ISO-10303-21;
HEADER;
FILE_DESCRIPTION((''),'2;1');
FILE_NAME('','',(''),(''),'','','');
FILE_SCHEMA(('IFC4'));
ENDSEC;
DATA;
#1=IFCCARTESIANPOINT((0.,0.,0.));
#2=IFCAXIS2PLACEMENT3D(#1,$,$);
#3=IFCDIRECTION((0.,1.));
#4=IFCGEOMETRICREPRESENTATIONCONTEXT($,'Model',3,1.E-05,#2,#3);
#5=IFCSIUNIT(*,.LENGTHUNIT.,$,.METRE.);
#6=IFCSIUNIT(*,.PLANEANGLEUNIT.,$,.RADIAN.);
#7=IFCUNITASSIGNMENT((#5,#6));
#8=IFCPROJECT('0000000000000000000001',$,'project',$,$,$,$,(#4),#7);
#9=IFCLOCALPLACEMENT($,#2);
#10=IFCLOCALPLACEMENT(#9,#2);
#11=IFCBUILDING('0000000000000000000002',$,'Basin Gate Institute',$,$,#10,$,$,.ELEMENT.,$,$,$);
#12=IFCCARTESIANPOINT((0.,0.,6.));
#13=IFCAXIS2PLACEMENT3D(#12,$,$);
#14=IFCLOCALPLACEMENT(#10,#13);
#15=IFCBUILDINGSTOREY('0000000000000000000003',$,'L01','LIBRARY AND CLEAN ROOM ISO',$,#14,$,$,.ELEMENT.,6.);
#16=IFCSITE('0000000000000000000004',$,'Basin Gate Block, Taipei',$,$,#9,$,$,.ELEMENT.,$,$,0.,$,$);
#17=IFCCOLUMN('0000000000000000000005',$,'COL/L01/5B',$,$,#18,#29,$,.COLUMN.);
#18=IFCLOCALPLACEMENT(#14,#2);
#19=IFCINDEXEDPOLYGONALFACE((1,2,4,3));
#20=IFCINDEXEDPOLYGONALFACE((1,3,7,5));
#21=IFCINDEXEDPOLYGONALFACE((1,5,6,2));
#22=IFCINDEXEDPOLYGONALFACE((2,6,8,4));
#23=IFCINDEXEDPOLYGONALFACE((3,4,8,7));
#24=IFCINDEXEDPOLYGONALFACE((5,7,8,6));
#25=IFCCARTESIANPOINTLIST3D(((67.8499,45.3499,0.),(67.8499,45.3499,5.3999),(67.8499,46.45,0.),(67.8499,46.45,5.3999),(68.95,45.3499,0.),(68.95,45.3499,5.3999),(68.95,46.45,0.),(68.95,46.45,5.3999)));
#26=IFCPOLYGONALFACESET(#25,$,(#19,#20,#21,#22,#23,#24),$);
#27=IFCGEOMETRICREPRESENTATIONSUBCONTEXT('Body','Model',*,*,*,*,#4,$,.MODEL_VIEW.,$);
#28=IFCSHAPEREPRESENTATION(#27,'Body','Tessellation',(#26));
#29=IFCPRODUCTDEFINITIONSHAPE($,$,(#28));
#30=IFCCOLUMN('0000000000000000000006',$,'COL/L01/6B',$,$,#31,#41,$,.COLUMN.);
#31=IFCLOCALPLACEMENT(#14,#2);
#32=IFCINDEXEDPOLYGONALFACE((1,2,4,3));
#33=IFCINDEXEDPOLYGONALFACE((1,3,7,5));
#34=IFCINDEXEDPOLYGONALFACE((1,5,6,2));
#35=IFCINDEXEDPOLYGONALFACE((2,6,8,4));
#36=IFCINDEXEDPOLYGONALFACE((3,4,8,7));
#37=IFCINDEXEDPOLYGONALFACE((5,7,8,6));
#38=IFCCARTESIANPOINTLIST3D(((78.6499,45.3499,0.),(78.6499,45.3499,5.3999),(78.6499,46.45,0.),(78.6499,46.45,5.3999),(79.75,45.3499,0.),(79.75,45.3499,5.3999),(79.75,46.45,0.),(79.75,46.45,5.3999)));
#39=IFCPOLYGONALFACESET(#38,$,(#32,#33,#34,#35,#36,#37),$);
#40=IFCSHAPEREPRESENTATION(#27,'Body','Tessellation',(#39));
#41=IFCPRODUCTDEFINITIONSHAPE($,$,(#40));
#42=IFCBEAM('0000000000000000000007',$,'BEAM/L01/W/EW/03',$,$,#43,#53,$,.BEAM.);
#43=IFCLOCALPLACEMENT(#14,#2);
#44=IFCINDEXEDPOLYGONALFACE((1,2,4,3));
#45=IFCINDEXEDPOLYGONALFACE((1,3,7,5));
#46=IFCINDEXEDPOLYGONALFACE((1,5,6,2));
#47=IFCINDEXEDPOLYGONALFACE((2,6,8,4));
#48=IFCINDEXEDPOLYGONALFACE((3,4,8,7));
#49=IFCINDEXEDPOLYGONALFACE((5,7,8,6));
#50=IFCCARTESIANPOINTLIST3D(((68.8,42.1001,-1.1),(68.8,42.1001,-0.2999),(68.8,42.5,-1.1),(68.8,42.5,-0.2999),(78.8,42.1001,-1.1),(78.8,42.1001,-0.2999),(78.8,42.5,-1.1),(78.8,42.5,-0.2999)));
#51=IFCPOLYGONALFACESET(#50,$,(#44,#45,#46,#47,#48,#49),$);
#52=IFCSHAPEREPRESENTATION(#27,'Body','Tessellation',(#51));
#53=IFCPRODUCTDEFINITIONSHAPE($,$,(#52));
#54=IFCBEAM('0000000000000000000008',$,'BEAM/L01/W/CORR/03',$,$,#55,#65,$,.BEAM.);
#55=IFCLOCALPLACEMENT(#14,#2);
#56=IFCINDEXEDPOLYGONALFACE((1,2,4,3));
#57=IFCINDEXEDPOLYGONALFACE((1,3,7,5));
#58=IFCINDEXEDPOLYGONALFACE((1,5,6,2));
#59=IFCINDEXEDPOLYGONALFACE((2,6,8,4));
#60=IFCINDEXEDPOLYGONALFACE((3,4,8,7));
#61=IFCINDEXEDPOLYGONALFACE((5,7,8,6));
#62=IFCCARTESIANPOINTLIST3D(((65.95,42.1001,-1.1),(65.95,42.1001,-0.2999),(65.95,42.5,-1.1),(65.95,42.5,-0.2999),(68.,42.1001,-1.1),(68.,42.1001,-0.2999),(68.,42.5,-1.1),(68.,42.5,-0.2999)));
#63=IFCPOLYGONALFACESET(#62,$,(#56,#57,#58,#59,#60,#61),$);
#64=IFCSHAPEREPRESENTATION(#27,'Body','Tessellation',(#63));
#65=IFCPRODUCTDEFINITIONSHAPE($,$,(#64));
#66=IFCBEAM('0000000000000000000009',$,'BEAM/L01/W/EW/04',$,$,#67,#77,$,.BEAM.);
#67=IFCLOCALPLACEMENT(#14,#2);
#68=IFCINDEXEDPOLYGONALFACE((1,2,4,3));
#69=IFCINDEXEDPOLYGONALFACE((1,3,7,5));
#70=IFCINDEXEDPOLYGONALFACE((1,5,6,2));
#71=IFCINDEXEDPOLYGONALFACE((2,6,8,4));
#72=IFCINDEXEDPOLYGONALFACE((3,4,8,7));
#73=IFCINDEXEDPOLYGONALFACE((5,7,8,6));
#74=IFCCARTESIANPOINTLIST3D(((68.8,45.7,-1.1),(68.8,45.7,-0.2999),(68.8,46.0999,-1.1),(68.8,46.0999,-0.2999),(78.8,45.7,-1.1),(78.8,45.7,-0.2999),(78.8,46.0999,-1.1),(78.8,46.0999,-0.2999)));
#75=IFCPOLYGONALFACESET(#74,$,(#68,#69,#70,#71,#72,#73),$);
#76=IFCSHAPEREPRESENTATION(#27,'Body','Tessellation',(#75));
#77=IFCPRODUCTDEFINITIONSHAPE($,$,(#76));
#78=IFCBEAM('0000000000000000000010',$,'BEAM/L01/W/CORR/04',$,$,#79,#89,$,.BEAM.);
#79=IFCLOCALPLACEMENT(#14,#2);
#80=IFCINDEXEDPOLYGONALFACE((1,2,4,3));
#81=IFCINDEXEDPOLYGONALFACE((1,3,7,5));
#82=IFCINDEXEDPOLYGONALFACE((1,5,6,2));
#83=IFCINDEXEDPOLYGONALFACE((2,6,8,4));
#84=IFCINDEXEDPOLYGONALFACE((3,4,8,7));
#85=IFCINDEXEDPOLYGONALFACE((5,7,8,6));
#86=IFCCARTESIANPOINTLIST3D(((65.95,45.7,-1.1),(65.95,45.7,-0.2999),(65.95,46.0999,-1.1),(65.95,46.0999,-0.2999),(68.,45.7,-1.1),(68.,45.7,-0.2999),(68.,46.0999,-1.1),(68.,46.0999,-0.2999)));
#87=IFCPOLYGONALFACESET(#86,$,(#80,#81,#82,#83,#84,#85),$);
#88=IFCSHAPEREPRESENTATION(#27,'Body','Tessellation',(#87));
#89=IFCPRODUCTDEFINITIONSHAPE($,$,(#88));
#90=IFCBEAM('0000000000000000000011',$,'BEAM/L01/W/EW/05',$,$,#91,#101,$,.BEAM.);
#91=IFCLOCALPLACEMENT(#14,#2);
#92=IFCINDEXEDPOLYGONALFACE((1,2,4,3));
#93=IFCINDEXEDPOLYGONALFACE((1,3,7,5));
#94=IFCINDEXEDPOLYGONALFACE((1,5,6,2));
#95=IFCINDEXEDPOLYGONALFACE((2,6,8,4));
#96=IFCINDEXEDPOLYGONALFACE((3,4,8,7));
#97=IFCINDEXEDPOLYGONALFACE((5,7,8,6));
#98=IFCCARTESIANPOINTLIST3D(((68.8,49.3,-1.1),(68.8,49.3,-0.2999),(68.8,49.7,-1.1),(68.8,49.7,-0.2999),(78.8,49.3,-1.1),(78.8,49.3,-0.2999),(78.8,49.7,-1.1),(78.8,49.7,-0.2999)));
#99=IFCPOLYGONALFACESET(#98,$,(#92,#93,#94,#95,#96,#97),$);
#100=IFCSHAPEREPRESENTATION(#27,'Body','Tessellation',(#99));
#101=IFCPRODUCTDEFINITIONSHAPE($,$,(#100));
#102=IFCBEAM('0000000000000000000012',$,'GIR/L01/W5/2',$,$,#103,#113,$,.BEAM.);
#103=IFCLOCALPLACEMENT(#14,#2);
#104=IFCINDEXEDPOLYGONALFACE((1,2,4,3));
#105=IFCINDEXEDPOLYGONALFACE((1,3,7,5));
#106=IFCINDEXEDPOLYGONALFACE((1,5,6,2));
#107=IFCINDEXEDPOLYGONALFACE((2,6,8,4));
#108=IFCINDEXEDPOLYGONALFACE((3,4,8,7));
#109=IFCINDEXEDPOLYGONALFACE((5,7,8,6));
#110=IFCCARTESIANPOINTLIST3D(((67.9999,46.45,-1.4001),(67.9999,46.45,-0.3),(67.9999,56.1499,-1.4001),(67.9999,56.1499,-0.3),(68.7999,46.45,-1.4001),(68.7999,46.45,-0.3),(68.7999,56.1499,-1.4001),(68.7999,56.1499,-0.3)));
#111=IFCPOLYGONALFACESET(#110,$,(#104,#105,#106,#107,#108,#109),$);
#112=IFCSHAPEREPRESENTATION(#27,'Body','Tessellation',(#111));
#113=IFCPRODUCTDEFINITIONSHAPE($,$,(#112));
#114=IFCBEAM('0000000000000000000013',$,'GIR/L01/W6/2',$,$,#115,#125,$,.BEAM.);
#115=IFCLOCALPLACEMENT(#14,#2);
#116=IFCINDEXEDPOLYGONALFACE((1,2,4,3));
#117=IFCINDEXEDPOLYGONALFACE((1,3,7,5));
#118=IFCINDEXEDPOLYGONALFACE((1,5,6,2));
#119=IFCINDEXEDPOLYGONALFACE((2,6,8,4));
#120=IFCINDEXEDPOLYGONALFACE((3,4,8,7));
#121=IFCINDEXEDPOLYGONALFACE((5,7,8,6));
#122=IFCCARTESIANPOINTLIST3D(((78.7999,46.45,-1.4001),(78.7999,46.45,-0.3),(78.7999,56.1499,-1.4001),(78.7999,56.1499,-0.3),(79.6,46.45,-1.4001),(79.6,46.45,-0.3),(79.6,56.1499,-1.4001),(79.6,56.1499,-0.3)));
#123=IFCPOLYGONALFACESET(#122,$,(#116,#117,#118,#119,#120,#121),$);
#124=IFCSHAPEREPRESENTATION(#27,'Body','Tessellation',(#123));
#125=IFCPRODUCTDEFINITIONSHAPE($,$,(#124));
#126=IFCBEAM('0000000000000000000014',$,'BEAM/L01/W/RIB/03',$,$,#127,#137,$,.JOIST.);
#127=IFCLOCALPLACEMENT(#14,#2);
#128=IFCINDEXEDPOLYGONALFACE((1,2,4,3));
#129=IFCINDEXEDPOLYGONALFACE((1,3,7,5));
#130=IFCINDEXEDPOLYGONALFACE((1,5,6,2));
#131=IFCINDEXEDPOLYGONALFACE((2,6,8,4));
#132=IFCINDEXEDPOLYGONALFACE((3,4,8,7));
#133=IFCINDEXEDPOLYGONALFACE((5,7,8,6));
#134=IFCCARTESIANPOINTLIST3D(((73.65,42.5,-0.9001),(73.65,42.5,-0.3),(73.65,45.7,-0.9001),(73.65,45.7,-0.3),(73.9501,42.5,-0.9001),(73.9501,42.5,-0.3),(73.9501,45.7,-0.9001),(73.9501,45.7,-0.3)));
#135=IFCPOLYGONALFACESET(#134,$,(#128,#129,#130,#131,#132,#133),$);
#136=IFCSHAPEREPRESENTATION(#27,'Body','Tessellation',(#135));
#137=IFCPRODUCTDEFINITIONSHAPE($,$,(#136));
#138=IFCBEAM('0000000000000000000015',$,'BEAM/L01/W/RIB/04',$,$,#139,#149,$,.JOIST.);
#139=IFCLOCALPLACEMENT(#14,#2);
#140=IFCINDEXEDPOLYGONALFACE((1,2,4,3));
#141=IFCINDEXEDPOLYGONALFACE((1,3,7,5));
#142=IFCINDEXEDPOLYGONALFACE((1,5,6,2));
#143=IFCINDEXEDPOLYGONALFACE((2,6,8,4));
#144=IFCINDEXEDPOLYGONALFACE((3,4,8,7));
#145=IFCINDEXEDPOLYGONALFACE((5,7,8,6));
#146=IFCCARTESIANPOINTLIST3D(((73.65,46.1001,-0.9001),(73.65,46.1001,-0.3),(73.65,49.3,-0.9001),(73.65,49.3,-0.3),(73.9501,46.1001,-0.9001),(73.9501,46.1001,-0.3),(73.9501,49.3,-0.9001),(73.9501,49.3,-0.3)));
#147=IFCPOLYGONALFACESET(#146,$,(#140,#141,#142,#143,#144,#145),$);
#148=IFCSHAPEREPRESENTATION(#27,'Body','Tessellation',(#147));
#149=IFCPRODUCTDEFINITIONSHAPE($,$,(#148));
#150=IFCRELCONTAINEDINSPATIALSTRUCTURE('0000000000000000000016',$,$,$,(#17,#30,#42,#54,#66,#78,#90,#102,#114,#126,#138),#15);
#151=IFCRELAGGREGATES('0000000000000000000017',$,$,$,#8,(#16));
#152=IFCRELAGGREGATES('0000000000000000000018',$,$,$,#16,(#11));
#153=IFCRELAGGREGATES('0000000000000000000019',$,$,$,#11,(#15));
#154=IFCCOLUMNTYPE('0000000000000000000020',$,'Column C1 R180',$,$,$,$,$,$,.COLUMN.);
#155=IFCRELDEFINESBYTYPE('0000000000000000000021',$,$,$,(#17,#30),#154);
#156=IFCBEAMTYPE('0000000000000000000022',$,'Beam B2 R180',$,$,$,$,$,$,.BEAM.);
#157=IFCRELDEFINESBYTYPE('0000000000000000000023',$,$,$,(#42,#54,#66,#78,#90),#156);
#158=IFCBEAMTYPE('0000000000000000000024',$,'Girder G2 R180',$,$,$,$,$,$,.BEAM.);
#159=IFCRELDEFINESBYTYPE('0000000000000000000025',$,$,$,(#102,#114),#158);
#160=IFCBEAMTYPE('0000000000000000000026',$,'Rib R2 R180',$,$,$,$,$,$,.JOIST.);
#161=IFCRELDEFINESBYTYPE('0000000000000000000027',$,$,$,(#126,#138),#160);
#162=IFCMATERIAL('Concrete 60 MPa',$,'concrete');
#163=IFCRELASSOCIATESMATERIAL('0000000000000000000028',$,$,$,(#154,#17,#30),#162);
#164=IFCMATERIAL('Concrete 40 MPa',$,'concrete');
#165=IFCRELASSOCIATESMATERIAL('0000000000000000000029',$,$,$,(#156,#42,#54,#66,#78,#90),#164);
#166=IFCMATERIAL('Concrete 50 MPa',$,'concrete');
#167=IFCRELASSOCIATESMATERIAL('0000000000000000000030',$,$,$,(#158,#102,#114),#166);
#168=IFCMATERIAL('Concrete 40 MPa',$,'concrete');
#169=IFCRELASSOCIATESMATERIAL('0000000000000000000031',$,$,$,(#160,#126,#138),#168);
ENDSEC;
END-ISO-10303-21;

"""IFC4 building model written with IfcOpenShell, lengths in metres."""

from ifc_helpers import new_model, si_unit, direction, frame, origin, origin_2d, place, context, subcontext, project, spatial, rectangle, extrude, material, material_profile, profile_set, type_object, element, save


model = new_model("IFC4")

# Units and contexts
model_context = context("Model", 3, precision=1e-05, world=origin(), true_north=direction((0.0, 1.0)))
body_context = subcontext(model_context, "Body", "Model", "MODEL_VIEW")
ifc_project = project(units=[si_unit("LENGTHUNIT", "METRE"), si_unit("PLANEANGLEUNIT", "RADIAN")], contexts=[model_context])

# Site, building, storey
site_placement = place(None, origin())
site = spatial("IfcSite", under=ifc_project, at=site_placement, Name="Basin Gate Block, Taipei", CompositionType="ELEMENT", RefElevation=0.0)
building_placement = place(site_placement, origin())
building = spatial("IfcBuilding", under=site, at=building_placement, Name="Basin Gate Institute", CompositionType="ELEMENT")
storey_placement = place(building_placement, frame((0.0, 0.0, 6.0)))
storey = spatial("IfcBuildingStorey", under=building, at=storey_placement, Name="L01", Description="LIBRARY AND CLEAN ROOM ISO", CompositionType="ELEMENT", Elevation=6.0)

# Columns
ifc_material_1 = material(Name="Concrete 60 MPa", Category="concrete")
ifc_material_profile_1 = material_profile(ifc_material_1, rectangle(XDim=1.1001, YDim=1.1001, at=origin_2d()), Name="Column C1 1100 x 1100")
ifc_profile_set_1 = profile_set([ifc_material_profile_1], Name="Concrete 60 MPa")
column_type = type_object("IfcColumnType", Name="Column C1 R180", PredefinedType="COLUMN", material=ifc_profile_set_1)
for number, where, z_axis, x_axis, name in (
    (1, (68.3999, 45.8999, 0.0), (0.0, 0.0, 1.0), (1.0, 0.0, 0.0), "COL/L01/5B"),
    (2, (79.2, 45.8999, 0.0), (0.0, 0.0, 1.0), (1.0, 0.0, 0.0), "COL/L01/6B"),
):
    element("IfcColumn", number, at=place(storey_placement, frame(where, z_axis=z_axis, x_axis=x_axis)), inside=storey, type_object=column_type, material=ifc_profile_set_1, Name=name, PredefinedType="COLUMN", context=body_context, shape_type="SweptSolid", body=[
        extrude(rectangle(XDim=1.1001, YDim=1.1001, at=origin_2d()), origin(), (0.0, 0.0, 1.0), 5.3999),
    ])

# Beams
ifc_material_2 = material(Name="Concrete 40 MPa", Category="concrete")
ifc_material_profile_2 = material_profile(ifc_material_2, rectangle(XDim=0.3999, YDim=0.8, at=origin_2d()), Name="Beam B2 400 x 800")
ifc_profile_set_2 = profile_set([ifc_material_profile_2], Name="Concrete 40 MPa")
beam_type_1 = type_object("IfcBeamType", Name="Beam B2 R180", PredefinedType="BEAM", material=ifc_profile_set_2)
beam_1_placement = place(storey_placement, frame((68.8, 42.3, -0.7), z_axis=(1.0, 0.0, 0.0), x_axis=(0.0, 1.0, 0.0)))
element("IfcBeam", 3, at=beam_1_placement, inside=storey, type_object=beam_type_1, material=ifc_profile_set_2, Name="BEAM/L01/W/EW/03", PredefinedType="BEAM", context=body_context, shape_type="SweptSolid", body=[
    extrude(rectangle(XDim=0.3999, YDim=0.8, at=origin_2d()), origin(), (0.0, 0.0, 1.0), 10.0),
])
beam_2_placement = place(storey_placement, frame((65.95, 42.3, -0.7), z_axis=(1.0, 0.0, 0.0), x_axis=(0.0, 1.0, 0.0)))
element("IfcBeam", 4, at=beam_2_placement, inside=storey, type_object=beam_type_1, material=ifc_profile_set_2, Name="BEAM/L01/W/CORR/03", PredefinedType="BEAM", context=body_context, shape_type="SweptSolid", body=[
    extrude(rectangle(XDim=0.3999, YDim=0.8, at=origin_2d()), origin(), (0.0, 0.0, 1.0), 2.05),
])
beam_3_placement = place(storey_placement, frame((68.8, 45.8999, -0.7), z_axis=(1.0, 0.0, 0.0), x_axis=(0.0, 1.0, 0.0)))
element("IfcBeam", 5, at=beam_3_placement, inside=storey, type_object=beam_type_1, material=ifc_profile_set_2, Name="BEAM/L01/W/EW/04", PredefinedType="BEAM", context=body_context, shape_type="SweptSolid", body=[
    extrude(rectangle(XDim=0.3999, YDim=0.8, at=origin_2d()), origin(), (0.0, 0.0, 1.0), 10.0),
])
beam_4_placement = place(storey_placement, frame((65.95, 45.8999, -0.7), z_axis=(1.0, 0.0, 0.0), x_axis=(0.0, 1.0, 0.0)))
element("IfcBeam", 6, at=beam_4_placement, inside=storey, type_object=beam_type_1, material=ifc_profile_set_2, Name="BEAM/L01/W/CORR/04", PredefinedType="BEAM", context=body_context, shape_type="SweptSolid", body=[
    extrude(rectangle(XDim=0.3999, YDim=0.8, at=origin_2d()), origin(), (0.0, 0.0, 1.0), 2.05),
])
beam_5_placement = place(storey_placement, frame((68.8, 49.5, -0.7), z_axis=(1.0, 0.0, 0.0), x_axis=(0.0, 1.0, 0.0)))
element("IfcBeam", 7, at=beam_5_placement, inside=storey, type_object=beam_type_1, material=ifc_profile_set_2, Name="BEAM/L01/W/EW/05", PredefinedType="BEAM", context=body_context, shape_type="SweptSolid", body=[
    extrude(rectangle(XDim=0.3999, YDim=0.8, at=origin_2d()), origin(), (0.0, 0.0, 1.0), 10.0),
])
ifc_material_3 = material(Name="Concrete 50 MPa", Category="concrete")
ifc_material_profile_3 = material_profile(ifc_material_3, rectangle(XDim=0.8, YDim=1.1001, at=origin_2d()), Name="Girder G2 800 x 1100")
ifc_profile_set_3 = profile_set([ifc_material_profile_3], Name="Concrete 50 MPa")
beam_type_2 = type_object("IfcBeamType", Name="Girder G2 R180", PredefinedType="BEAM", material=ifc_profile_set_3)
for number, where, z_axis, x_axis, name in (
    (8, (68.3999, 46.45, -0.8501), (0.0, 1.0, 0.0), (-1.0, 0.0, 0.0), "GIR/L01/W5/2"),
    (9, (79.2, 46.45, -0.8501), (0.0, 1.0, 0.0), (-1.0, 0.0, 0.0), "GIR/L01/W6/2"),
):
    element("IfcBeam", number, at=place(storey_placement, frame(where, z_axis=z_axis, x_axis=x_axis)), inside=storey, type_object=beam_type_2, material=ifc_profile_set_3, Name=name, PredefinedType="BEAM", context=body_context, shape_type="SweptSolid", body=[
        extrude(rectangle(XDim=0.8, YDim=1.1001, at=origin_2d()), origin(), (0.0, 0.0, 1.0), 9.7),
    ])
ifc_material_4 = material(Name="Concrete 40 MPa", Category="concrete")
ifc_material_profile_4 = material_profile(ifc_material_4, rectangle(XDim=0.3, YDim=0.6001, at=origin_2d()), Name="Rib R2 300 x 600")
ifc_profile_set_4 = profile_set([ifc_material_profile_4], Name="Concrete 40 MPa")
beam_type_3 = type_object("IfcBeamType", Name="Rib R2 R180", PredefinedType="JOIST", material=ifc_profile_set_4)
for number, where, z_axis, x_axis, name in (
    (10, (73.8, 42.5, -0.6001), (0.0, 1.0, 0.0), (-1.0, 0.0, 0.0), "BEAM/L01/W/RIB/03"),
    (11, (73.8, 46.1001, -0.6001), (0.0, 1.0, 0.0), (-1.0, 0.0, 0.0), "BEAM/L01/W/RIB/04"),
):
    element("IfcBeam", number, at=place(storey_placement, frame(where, z_axis=z_axis, x_axis=x_axis)), inside=storey, type_object=beam_type_3, material=ifc_profile_set_4, Name=name, PredefinedType="JOIST", context=body_context, shape_type="SweptSolid", body=[
        extrude(rectangle(XDim=0.3, YDim=0.6001, at=origin_2d()), origin(), (0.0, 0.0, 1.0), 3.2),
    ])

save(model, "model.ifc")
